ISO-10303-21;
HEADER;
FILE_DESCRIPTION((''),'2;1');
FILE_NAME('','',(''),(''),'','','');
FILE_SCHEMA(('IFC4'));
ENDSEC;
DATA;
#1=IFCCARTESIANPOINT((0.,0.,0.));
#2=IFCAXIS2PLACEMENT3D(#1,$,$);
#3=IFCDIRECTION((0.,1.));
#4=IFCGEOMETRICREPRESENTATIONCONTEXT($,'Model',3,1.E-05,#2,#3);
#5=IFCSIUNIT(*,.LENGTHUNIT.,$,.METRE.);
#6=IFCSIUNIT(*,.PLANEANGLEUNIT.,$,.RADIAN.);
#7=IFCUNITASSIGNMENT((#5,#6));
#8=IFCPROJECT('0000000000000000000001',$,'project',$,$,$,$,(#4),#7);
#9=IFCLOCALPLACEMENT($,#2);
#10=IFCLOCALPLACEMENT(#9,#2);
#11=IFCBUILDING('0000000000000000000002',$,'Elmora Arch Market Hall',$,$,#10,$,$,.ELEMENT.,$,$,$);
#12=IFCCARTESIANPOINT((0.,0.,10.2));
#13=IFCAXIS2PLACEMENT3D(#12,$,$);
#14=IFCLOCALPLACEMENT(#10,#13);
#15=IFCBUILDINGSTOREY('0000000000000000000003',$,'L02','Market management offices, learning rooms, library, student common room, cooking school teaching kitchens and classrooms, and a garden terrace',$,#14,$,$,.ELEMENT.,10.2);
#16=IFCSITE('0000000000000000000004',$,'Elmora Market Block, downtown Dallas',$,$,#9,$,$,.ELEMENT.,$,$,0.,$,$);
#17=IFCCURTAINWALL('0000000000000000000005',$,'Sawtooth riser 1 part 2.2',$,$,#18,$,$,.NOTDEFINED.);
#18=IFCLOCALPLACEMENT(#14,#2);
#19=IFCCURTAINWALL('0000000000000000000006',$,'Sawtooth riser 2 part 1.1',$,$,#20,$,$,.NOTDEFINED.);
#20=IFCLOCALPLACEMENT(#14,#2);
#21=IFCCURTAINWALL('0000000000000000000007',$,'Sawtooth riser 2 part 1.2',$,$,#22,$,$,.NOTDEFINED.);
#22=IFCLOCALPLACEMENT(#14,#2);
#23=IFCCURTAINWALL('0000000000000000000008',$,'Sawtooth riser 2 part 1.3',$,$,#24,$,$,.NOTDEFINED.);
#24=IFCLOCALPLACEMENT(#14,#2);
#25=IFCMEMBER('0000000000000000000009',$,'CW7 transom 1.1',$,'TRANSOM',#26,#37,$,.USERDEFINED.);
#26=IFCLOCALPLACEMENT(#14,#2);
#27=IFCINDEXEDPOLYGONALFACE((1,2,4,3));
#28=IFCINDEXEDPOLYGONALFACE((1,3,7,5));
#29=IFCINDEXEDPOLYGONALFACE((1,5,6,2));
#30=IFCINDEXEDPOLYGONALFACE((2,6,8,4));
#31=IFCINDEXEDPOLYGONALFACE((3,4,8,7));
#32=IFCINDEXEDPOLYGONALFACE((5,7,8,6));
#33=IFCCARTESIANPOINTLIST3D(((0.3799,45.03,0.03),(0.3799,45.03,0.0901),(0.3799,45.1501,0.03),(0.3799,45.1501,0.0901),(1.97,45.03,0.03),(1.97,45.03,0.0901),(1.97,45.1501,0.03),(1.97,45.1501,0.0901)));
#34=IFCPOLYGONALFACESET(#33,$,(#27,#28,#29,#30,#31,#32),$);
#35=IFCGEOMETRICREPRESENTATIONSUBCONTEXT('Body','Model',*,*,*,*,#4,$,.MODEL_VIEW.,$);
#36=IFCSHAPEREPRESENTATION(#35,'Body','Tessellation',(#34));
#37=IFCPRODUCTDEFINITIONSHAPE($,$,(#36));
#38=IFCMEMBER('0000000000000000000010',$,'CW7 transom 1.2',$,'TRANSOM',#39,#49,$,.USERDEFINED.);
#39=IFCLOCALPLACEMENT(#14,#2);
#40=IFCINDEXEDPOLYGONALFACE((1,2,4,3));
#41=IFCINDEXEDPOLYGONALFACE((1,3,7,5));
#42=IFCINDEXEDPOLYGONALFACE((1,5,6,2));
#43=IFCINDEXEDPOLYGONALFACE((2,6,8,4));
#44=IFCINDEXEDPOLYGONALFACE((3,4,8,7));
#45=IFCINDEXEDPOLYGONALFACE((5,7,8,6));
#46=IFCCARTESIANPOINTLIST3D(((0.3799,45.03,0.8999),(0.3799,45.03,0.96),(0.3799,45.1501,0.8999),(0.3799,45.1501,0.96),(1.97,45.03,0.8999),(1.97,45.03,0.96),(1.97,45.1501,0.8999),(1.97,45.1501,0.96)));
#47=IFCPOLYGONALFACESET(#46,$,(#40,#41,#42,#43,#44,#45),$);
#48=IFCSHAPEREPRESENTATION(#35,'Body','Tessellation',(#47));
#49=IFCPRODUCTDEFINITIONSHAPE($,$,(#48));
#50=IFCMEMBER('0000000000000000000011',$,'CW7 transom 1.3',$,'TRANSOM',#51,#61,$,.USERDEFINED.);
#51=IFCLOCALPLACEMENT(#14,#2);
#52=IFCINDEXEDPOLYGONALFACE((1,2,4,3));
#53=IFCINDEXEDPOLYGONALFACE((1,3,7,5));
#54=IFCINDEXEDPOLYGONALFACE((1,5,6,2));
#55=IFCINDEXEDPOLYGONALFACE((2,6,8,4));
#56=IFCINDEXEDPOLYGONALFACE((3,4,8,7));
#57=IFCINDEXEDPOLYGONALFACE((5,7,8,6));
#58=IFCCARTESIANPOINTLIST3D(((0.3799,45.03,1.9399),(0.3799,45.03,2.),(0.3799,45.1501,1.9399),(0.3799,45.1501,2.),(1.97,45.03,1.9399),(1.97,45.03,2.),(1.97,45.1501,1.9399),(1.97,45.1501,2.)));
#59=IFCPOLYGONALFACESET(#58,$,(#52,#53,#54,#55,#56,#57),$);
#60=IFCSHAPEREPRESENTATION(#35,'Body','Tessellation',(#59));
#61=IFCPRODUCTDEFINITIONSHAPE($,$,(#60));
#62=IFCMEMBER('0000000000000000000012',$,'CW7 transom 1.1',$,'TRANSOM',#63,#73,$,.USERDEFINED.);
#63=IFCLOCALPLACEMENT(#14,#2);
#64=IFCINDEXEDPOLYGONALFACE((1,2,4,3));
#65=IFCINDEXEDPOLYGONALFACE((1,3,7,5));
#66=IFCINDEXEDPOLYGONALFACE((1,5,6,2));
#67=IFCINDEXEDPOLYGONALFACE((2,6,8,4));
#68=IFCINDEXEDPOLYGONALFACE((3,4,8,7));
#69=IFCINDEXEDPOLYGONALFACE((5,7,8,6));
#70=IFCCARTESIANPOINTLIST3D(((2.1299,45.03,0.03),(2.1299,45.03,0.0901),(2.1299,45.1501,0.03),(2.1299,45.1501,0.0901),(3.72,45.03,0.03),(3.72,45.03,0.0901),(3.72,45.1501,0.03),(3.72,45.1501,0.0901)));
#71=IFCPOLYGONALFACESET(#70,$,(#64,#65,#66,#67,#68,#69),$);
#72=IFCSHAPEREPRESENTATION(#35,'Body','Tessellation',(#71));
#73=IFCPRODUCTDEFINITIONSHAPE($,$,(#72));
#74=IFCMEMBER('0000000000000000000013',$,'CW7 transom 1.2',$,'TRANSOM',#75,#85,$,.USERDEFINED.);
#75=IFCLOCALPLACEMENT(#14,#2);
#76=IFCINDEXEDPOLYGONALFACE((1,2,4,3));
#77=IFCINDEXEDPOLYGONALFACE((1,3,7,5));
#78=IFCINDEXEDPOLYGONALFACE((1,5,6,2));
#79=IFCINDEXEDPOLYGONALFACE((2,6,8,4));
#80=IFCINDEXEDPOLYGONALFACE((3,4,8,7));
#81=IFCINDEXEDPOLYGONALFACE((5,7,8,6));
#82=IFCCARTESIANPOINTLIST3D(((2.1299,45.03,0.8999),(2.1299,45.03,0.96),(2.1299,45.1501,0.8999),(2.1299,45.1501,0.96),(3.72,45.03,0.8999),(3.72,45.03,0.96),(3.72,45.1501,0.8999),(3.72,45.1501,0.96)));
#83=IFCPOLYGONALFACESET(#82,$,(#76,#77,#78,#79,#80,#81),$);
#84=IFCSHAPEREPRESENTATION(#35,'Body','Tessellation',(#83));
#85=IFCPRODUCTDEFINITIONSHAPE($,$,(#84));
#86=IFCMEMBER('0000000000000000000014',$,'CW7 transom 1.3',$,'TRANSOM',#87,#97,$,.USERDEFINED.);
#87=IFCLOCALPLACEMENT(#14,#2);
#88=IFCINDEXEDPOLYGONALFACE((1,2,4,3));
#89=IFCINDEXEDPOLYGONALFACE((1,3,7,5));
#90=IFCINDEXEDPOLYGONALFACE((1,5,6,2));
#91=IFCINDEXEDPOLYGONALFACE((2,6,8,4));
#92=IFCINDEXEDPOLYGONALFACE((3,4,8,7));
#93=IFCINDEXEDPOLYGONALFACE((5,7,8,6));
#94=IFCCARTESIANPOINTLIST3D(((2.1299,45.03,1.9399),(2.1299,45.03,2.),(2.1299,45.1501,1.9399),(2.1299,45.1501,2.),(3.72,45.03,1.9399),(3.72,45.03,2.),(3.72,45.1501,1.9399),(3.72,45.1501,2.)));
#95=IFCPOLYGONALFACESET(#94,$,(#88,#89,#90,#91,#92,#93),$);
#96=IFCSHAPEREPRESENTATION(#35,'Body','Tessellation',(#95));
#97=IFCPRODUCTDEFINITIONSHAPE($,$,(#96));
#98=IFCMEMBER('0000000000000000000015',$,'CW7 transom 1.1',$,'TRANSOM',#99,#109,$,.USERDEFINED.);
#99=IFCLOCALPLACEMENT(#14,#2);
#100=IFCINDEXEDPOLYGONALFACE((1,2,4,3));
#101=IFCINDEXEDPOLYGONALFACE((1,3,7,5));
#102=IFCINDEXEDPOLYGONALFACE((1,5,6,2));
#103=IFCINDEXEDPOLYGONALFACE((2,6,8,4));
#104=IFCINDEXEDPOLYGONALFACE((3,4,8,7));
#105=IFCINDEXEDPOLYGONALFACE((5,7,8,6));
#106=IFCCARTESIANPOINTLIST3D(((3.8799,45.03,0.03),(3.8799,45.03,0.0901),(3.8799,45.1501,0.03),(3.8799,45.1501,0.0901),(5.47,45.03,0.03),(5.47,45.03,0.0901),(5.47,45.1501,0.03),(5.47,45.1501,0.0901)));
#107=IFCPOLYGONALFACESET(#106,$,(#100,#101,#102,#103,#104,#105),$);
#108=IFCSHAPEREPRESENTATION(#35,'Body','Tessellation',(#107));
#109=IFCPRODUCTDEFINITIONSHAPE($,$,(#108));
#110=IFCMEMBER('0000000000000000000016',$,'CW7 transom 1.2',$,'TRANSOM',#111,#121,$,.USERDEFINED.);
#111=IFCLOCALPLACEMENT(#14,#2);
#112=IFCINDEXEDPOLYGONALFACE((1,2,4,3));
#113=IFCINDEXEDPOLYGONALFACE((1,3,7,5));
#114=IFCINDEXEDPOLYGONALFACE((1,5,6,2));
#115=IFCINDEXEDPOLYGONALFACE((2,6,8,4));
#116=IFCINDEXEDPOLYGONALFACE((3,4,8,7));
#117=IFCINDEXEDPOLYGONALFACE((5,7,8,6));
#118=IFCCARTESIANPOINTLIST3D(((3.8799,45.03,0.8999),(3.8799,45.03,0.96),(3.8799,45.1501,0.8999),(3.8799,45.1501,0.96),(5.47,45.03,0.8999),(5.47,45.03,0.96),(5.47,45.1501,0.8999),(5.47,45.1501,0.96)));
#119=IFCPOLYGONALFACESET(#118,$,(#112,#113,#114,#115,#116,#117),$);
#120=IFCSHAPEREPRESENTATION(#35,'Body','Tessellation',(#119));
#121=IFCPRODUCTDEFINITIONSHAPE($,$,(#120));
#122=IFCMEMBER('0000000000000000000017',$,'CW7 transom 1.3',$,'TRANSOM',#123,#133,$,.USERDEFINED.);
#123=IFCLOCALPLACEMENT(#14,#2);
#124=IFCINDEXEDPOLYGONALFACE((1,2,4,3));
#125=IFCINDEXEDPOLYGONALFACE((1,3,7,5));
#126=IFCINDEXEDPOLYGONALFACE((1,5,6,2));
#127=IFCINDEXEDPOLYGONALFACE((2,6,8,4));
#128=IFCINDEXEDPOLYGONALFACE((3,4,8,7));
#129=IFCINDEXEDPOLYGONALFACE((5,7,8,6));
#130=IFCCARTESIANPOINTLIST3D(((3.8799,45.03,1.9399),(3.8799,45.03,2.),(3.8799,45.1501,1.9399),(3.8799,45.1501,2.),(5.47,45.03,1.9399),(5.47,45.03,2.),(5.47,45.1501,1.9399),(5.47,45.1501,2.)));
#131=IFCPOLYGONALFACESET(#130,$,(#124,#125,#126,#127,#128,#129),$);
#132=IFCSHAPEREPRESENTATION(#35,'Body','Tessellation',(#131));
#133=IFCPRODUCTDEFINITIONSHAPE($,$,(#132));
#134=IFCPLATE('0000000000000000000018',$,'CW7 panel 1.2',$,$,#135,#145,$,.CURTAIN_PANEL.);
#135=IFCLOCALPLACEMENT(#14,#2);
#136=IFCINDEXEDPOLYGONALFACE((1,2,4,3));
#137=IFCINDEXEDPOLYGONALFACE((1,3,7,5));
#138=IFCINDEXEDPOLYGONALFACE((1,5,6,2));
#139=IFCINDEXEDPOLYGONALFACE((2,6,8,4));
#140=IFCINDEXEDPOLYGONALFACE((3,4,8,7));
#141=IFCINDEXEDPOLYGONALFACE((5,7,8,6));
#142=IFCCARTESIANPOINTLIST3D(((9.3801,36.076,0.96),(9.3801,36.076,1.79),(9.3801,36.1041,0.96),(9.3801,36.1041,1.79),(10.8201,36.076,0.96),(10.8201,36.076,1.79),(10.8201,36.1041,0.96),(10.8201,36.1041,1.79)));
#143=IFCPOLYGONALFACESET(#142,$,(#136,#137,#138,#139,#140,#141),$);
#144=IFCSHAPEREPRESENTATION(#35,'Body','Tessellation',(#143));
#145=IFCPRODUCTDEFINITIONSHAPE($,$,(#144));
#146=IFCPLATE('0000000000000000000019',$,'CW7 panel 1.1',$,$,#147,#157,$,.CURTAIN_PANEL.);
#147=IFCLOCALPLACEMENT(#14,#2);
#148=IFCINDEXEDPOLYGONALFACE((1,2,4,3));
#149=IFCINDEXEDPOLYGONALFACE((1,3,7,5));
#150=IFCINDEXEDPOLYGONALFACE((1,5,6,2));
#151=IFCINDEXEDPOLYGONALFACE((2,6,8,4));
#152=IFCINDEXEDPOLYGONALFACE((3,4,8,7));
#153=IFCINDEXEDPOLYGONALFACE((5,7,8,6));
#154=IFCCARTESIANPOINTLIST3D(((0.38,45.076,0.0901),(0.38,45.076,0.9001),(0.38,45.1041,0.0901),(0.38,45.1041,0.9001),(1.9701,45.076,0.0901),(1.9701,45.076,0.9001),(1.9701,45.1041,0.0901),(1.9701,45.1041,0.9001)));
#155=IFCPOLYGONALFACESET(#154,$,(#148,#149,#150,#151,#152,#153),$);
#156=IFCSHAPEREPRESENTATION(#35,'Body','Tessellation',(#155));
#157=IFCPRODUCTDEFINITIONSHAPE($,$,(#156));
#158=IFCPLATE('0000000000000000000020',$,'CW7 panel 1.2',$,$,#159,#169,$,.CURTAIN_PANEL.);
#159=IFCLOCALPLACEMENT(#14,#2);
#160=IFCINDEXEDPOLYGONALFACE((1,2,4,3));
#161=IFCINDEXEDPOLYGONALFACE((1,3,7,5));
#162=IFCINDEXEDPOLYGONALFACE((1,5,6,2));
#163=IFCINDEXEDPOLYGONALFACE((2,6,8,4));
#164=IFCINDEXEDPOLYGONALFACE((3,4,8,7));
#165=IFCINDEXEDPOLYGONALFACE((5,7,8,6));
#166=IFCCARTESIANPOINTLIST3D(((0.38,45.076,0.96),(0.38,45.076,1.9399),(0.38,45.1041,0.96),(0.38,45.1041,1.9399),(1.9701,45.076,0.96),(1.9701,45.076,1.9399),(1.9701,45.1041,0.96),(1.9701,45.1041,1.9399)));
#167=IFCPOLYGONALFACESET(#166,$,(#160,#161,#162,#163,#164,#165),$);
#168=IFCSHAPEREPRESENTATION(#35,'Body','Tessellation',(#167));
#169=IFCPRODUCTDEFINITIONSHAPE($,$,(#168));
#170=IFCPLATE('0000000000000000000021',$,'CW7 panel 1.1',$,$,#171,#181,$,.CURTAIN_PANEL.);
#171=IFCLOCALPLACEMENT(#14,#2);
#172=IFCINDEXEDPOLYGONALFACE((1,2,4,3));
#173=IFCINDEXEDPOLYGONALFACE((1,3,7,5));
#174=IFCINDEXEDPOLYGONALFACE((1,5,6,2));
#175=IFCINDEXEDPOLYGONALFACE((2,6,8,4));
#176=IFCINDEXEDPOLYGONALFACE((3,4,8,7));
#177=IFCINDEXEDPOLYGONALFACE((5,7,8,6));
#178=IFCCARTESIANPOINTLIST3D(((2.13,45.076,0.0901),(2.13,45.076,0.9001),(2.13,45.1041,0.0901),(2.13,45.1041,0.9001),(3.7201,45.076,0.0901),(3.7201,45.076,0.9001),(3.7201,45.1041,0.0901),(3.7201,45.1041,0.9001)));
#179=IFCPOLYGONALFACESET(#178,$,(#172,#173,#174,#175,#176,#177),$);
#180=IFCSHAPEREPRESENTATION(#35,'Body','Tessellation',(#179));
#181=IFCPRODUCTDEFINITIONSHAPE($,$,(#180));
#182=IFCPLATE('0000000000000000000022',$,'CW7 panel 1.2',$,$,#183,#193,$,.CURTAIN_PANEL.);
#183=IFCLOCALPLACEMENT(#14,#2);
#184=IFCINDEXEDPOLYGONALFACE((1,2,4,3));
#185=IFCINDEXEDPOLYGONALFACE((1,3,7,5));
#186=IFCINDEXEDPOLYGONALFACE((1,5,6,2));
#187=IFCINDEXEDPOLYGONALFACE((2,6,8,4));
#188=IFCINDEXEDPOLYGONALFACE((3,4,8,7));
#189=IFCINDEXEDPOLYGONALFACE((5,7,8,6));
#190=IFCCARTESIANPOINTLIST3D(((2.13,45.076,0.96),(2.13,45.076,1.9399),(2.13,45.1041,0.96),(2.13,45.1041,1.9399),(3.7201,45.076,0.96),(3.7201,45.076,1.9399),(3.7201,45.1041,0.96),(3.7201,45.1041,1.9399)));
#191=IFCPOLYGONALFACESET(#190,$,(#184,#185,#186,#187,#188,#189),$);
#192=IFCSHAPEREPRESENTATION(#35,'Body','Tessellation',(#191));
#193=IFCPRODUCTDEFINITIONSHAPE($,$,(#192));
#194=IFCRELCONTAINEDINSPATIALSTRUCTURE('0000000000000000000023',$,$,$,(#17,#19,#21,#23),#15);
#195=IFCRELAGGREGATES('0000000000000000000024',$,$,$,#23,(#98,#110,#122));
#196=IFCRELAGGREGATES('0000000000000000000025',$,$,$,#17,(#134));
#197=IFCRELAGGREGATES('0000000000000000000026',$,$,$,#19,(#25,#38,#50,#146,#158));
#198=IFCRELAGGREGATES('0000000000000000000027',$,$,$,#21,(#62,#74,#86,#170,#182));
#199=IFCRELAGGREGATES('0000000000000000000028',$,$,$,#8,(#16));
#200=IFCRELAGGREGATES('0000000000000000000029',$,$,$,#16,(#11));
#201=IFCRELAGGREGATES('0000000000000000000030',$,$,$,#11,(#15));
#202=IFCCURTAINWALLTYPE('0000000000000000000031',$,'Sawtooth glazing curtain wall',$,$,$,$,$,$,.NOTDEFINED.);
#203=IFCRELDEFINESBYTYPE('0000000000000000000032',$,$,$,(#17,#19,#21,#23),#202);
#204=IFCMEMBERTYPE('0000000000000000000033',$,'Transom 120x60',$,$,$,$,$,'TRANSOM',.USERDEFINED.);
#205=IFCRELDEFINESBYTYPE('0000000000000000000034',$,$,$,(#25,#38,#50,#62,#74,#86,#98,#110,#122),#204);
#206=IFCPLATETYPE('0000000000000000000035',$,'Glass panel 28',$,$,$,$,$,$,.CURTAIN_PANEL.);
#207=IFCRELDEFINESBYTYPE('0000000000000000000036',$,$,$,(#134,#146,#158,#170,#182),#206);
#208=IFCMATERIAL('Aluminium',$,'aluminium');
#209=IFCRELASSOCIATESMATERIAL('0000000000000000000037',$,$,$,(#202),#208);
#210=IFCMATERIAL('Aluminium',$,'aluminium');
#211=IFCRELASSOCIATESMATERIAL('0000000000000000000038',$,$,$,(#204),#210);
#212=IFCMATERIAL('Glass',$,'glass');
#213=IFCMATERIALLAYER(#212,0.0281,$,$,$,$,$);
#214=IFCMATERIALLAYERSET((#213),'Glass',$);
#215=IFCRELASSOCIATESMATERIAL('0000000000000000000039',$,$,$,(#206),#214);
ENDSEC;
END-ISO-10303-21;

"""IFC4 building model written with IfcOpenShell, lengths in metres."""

from ifc_helpers import new_model, si_unit, direction, frame, origin, origin_2d, place, context, subcontext, project, spatial, rectangle, extrude, material, layer, layer_set, material_profile, profile_set, type_object, element, aggregate, save


model = new_model("IFC4")

# Units and contexts
model_context = context("Model", 3, precision=1e-05, world=origin(), true_north=direction((0.0, 1.0)))
body_context = subcontext(model_context, "Body", "Model", "MODEL_VIEW")
ifc_project = project(units=[si_unit("LENGTHUNIT", "METRE"), si_unit("PLANEANGLEUNIT", "RADIAN")], contexts=[model_context])

# Site, building, storey
site_placement = place(None, origin())
site = spatial("IfcSite", under=ifc_project, at=site_placement, Name="Elmora Market Block, downtown Dallas", CompositionType="ELEMENT", RefElevation=0.0)
building_placement = place(site_placement, origin())
building = spatial("IfcBuilding", under=site, at=building_placement, Name="Elmora Arch Market Hall", CompositionType="ELEMENT")
storey_placement = place(building_placement, frame((0.0, 0.0, 10.2)))
storey = spatial("IfcBuildingStorey", under=building, at=storey_placement, Name="L02", Description="Market management offices, learning rooms, library, student common room, cooking school teaching kitchens and classrooms, and a garden terrace", CompositionType="ELEMENT", Elevation=10.2)

# Curtain wall
ifc_material_1 = material(Name="Aluminium", Category="aluminium")
curtain_wall_type = type_object("IfcCurtainWallType", Name="Sawtooth glazing curtain wall", PredefinedType="NOTDEFINED", material=ifc_material_1)
curtain_wall_1_placement = place(storey_placement, origin())
curtain_wall_1 = element("IfcCurtainWall", 1, at=curtain_wall_1_placement, inside=storey, type_object=curtain_wall_type, Name="Sawtooth riser 1 part 2.2", PredefinedType="NOTDEFINED")

# Curtain walls
curtain_wall_2_placement = place(storey_placement, origin())
curtain_wall_2 = element("IfcCurtainWall", 2, at=curtain_wall_2_placement, inside=storey, type_object=curtain_wall_type, Name="Sawtooth riser 2 part 1.1", PredefinedType="NOTDEFINED")
curtain_wall_3_placement = place(storey_placement, origin())
curtain_wall_3 = element("IfcCurtainWall", 3, at=curtain_wall_3_placement, inside=storey, type_object=curtain_wall_type, Name="Sawtooth riser 2 part 1.2", PredefinedType="NOTDEFINED")

# Curtain wall
curtain_wall_4_placement = place(storey_placement, origin())
curtain_wall_4 = element("IfcCurtainWall", 4, at=curtain_wall_4_placement, inside=storey, type_object=curtain_wall_type, Name="Sawtooth riser 2 part 1.3", PredefinedType="NOTDEFINED")

# Members
ifc_material_2 = material(Name="Aluminium", Category="aluminium")
ifc_material_profile_1 = material_profile(ifc_material_2, rectangle(XDim=0.1201, YDim=0.0601, at=origin_2d()), Name="AL 120x60")
ifc_profile_set_1 = profile_set([ifc_material_profile_1], Name="Aluminium")
member_type_1 = type_object("IfcMemberType", Name="Transom 120x60", ElementType="TRANSOM", PredefinedType="USERDEFINED", material=ifc_profile_set_1)
member_1_placement = place(storey_placement, frame((0.3799, 45.0901, 0.0601), z_axis=(1.0, 0.0, 0.0), x_axis=(0.0, 1.0, 0.0)))
member_1 = element("IfcMember", 5, at=member_1_placement, type_object=member_type_1, Name="CW7 transom 1.1", ObjectType="TRANSOM", PredefinedType="USERDEFINED", context=body_context, shape_type="SweptSolid", body=[
    extrude(rectangle(XDim=0.1201, YDim=0.0601, at=origin_2d()), origin(), (0.0, 0.0, 1.0), 1.5901),
])
member_2_placement = place(storey_placement, frame((0.3799, 45.0901, 0.9299), z_axis=(1.0, 0.0, 0.0), x_axis=(0.0, 1.0, 0.0)))
member_2 = element("IfcMember", 6, at=member_2_placement, type_object=member_type_1, Name="CW7 transom 1.2", ObjectType="TRANSOM", PredefinedType="USERDEFINED", context=body_context, shape_type="SweptSolid", body=[
    extrude(rectangle(XDim=0.1201, YDim=0.0601, at=origin_2d()), origin(), (0.0, 0.0, 1.0), 1.5901),
])
member_3_placement = place(storey_placement, frame((0.3799, 45.0901, 1.97), z_axis=(1.0, 0.0, 0.0), x_axis=(0.0, 1.0, 0.0)))
member_3 = element("IfcMember", 7, at=member_3_placement, type_object=member_type_1, Name="CW7 transom 1.3", ObjectType="TRANSOM", PredefinedType="USERDEFINED", context=body_context, shape_type="SweptSolid", body=[
    extrude(rectangle(XDim=0.1201, YDim=0.0601, at=origin_2d()), origin(), (0.0, 0.0, 1.0), 1.5901),
])
member_4_placement = place(storey_placement, frame((2.1299, 45.0901, 0.0601), z_axis=(1.0, 0.0, 0.0), x_axis=(0.0, 1.0, 0.0)))
member_4 = element("IfcMember", 8, at=member_4_placement, type_object=member_type_1, Name="CW7 transom 1.1", ObjectType="TRANSOM", PredefinedType="USERDEFINED", context=body_context, shape_type="SweptSolid", body=[
    extrude(rectangle(XDim=0.1201, YDim=0.0601, at=origin_2d()), origin(), (0.0, 0.0, 1.0), 1.5901),
])
member_5_placement = place(storey_placement, frame((2.1299, 45.0901, 0.9299), z_axis=(1.0, 0.0, 0.0), x_axis=(0.0, 1.0, 0.0)))
member_5 = element("IfcMember", 9, at=member_5_placement, type_object=member_type_1, Name="CW7 transom 1.2", ObjectType="TRANSOM", PredefinedType="USERDEFINED", context=body_context, shape_type="SweptSolid", body=[
    extrude(rectangle(XDim=0.1201, YDim=0.0601, at=origin_2d()), origin(), (0.0, 0.0, 1.0), 1.5901),
])
member_6_placement = place(storey_placement, frame((2.1299, 45.0901, 1.97), z_axis=(1.0, 0.0, 0.0), x_axis=(0.0, 1.0, 0.0)))
member_6 = element("IfcMember", 10, at=member_6_placement, type_object=member_type_1, Name="CW7 transom 1.3", ObjectType="TRANSOM", PredefinedType="USERDEFINED", context=body_context, shape_type="SweptSolid", body=[
    extrude(rectangle(XDim=0.1201, YDim=0.0601, at=origin_2d()), origin(), (0.0, 0.0, 1.0), 1.5901),
])
member_7_placement = place(storey_placement, frame((3.8799, 45.0901, 0.0601), z_axis=(1.0, 0.0, 0.0), x_axis=(0.0, 1.0, 0.0)))
member_7 = element("IfcMember", 11, at=member_7_placement, type_object=member_type_1, Name="CW7 transom 1.1", ObjectType="TRANSOM", PredefinedType="USERDEFINED", context=body_context, shape_type="SweptSolid", body=[
    extrude(rectangle(XDim=0.1201, YDim=0.0601, at=origin_2d()), origin(), (0.0, 0.0, 1.0), 1.5901),
])
member_8_placement = place(storey_placement, frame((3.8799, 45.0901, 0.9299), z_axis=(1.0, 0.0, 0.0), x_axis=(0.0, 1.0, 0.0)))
member_8 = element("IfcMember", 12, at=member_8_placement, type_object=member_type_1, Name="CW7 transom 1.2", ObjectType="TRANSOM", PredefinedType="USERDEFINED", context=body_context, shape_type="SweptSolid", body=[
    extrude(rectangle(XDim=0.1201, YDim=0.0601, at=origin_2d()), origin(), (0.0, 0.0, 1.0), 1.5901),
])
member_9_placement = place(storey_placement, frame((3.8799, 45.0901, 1.97), z_axis=(1.0, 0.0, 0.0), x_axis=(0.0, 1.0, 0.0)))
member_9 = element("IfcMember", 13, at=member_9_placement, type_object=member_type_1, Name="CW7 transom 1.3", ObjectType="TRANSOM", PredefinedType="USERDEFINED", context=body_context, shape_type="SweptSolid", body=[
    extrude(rectangle(XDim=0.1201, YDim=0.0601, at=origin_2d()), origin(), (0.0, 0.0, 1.0), 1.5901),
])
aggregate(curtain_wall_4, [member_7, member_8, member_9])

# Plates
ifc_material_3 = material(Name="Glass", Category="glass")
ifc_layer_1 = layer(ifc_material_3, 0.0281)
ifc_layer_set_1 = layer_set([ifc_layer_1], Name="Glass")
plate_type = type_object("IfcPlateType", Name="Glass panel 28", PredefinedType="CURTAIN_PANEL", material=ifc_layer_set_1)
plate_1_placement = place(storey_placement, frame((10.1001, 36.0901, 0.96), z_axis=(0.0, 0.0, 1.0), x_axis=(1.0, 0.0, 0.0)))
plate_1 = element("IfcPlate", 14, at=plate_1_placement, type_object=plate_type, Name="CW7 panel 1.2", PredefinedType="CURTAIN_PANEL", context=body_context, shape_type="SweptSolid", body=[
    extrude(rectangle(XDim=1.4399, YDim=0.0281, at=origin_2d()), origin(), (0.0, 0.0, 1.0), 0.8301),
])
aggregate(curtain_wall_1, [plate_1])
plate_2_placement = place(storey_placement, frame((1.175, 45.0901, 0.0901), z_axis=(0.0, 0.0, 1.0), x_axis=(1.0, 0.0, 0.0)))
plate_2 = element("IfcPlate", 15, at=plate_2_placement, type_object=plate_type, Name="CW7 panel 1.1", PredefinedType="CURTAIN_PANEL", context=body_context, shape_type="SweptSolid", body=[
    extrude(rectangle(XDim=1.5901, YDim=0.0281, at=origin_2d()), origin(), (0.0, 0.0, 1.0), 0.8101),
])
plate_3_placement = place(storey_placement, frame((1.175, 45.0901, 0.96), z_axis=(0.0, 0.0, 1.0), x_axis=(1.0, 0.0, 0.0)))
plate_3 = element("IfcPlate", 16, at=plate_3_placement, type_object=plate_type, Name="CW7 panel 1.2", PredefinedType="CURTAIN_PANEL", context=body_context, shape_type="SweptSolid", body=[
    extrude(rectangle(XDim=1.5901, YDim=0.0281, at=origin_2d()), origin(), (0.0, 0.0, 1.0), 0.98),
])
aggregate(curtain_wall_2, [member_1, member_2, member_3, plate_2, plate_3])
plate_4_placement = place(storey_placement, frame((2.925, 45.0901, 0.0901), z_axis=(0.0, 0.0, 1.0), x_axis=(1.0, 0.0, 0.0)))
plate_4 = element("IfcPlate", 17, at=plate_4_placement, type_object=plate_type, Name="CW7 panel 1.1", PredefinedType="CURTAIN_PANEL", context=body_context, shape_type="SweptSolid", body=[
    extrude(rectangle(XDim=1.5901, YDim=0.0281, at=origin_2d()), origin(), (0.0, 0.0, 1.0), 0.8101),
])
plate_5_placement = place(storey_placement, frame((2.925, 45.0901, 0.96), z_axis=(0.0, 0.0, 1.0), x_axis=(1.0, 0.0, 0.0)))
plate_5 = element("IfcPlate", 18, at=plate_5_placement, type_object=plate_type, Name="CW7 panel 1.2", PredefinedType="CURTAIN_PANEL", context=body_context, shape_type="SweptSolid", body=[
    extrude(rectangle(XDim=1.5901, YDim=0.0281, at=origin_2d()), origin(), (0.0, 0.0, 1.0), 0.98),
])
aggregate(curtain_wall_3, [member_4, member_5, member_6, plate_4, plate_5])

save(model, "model.ifc")
